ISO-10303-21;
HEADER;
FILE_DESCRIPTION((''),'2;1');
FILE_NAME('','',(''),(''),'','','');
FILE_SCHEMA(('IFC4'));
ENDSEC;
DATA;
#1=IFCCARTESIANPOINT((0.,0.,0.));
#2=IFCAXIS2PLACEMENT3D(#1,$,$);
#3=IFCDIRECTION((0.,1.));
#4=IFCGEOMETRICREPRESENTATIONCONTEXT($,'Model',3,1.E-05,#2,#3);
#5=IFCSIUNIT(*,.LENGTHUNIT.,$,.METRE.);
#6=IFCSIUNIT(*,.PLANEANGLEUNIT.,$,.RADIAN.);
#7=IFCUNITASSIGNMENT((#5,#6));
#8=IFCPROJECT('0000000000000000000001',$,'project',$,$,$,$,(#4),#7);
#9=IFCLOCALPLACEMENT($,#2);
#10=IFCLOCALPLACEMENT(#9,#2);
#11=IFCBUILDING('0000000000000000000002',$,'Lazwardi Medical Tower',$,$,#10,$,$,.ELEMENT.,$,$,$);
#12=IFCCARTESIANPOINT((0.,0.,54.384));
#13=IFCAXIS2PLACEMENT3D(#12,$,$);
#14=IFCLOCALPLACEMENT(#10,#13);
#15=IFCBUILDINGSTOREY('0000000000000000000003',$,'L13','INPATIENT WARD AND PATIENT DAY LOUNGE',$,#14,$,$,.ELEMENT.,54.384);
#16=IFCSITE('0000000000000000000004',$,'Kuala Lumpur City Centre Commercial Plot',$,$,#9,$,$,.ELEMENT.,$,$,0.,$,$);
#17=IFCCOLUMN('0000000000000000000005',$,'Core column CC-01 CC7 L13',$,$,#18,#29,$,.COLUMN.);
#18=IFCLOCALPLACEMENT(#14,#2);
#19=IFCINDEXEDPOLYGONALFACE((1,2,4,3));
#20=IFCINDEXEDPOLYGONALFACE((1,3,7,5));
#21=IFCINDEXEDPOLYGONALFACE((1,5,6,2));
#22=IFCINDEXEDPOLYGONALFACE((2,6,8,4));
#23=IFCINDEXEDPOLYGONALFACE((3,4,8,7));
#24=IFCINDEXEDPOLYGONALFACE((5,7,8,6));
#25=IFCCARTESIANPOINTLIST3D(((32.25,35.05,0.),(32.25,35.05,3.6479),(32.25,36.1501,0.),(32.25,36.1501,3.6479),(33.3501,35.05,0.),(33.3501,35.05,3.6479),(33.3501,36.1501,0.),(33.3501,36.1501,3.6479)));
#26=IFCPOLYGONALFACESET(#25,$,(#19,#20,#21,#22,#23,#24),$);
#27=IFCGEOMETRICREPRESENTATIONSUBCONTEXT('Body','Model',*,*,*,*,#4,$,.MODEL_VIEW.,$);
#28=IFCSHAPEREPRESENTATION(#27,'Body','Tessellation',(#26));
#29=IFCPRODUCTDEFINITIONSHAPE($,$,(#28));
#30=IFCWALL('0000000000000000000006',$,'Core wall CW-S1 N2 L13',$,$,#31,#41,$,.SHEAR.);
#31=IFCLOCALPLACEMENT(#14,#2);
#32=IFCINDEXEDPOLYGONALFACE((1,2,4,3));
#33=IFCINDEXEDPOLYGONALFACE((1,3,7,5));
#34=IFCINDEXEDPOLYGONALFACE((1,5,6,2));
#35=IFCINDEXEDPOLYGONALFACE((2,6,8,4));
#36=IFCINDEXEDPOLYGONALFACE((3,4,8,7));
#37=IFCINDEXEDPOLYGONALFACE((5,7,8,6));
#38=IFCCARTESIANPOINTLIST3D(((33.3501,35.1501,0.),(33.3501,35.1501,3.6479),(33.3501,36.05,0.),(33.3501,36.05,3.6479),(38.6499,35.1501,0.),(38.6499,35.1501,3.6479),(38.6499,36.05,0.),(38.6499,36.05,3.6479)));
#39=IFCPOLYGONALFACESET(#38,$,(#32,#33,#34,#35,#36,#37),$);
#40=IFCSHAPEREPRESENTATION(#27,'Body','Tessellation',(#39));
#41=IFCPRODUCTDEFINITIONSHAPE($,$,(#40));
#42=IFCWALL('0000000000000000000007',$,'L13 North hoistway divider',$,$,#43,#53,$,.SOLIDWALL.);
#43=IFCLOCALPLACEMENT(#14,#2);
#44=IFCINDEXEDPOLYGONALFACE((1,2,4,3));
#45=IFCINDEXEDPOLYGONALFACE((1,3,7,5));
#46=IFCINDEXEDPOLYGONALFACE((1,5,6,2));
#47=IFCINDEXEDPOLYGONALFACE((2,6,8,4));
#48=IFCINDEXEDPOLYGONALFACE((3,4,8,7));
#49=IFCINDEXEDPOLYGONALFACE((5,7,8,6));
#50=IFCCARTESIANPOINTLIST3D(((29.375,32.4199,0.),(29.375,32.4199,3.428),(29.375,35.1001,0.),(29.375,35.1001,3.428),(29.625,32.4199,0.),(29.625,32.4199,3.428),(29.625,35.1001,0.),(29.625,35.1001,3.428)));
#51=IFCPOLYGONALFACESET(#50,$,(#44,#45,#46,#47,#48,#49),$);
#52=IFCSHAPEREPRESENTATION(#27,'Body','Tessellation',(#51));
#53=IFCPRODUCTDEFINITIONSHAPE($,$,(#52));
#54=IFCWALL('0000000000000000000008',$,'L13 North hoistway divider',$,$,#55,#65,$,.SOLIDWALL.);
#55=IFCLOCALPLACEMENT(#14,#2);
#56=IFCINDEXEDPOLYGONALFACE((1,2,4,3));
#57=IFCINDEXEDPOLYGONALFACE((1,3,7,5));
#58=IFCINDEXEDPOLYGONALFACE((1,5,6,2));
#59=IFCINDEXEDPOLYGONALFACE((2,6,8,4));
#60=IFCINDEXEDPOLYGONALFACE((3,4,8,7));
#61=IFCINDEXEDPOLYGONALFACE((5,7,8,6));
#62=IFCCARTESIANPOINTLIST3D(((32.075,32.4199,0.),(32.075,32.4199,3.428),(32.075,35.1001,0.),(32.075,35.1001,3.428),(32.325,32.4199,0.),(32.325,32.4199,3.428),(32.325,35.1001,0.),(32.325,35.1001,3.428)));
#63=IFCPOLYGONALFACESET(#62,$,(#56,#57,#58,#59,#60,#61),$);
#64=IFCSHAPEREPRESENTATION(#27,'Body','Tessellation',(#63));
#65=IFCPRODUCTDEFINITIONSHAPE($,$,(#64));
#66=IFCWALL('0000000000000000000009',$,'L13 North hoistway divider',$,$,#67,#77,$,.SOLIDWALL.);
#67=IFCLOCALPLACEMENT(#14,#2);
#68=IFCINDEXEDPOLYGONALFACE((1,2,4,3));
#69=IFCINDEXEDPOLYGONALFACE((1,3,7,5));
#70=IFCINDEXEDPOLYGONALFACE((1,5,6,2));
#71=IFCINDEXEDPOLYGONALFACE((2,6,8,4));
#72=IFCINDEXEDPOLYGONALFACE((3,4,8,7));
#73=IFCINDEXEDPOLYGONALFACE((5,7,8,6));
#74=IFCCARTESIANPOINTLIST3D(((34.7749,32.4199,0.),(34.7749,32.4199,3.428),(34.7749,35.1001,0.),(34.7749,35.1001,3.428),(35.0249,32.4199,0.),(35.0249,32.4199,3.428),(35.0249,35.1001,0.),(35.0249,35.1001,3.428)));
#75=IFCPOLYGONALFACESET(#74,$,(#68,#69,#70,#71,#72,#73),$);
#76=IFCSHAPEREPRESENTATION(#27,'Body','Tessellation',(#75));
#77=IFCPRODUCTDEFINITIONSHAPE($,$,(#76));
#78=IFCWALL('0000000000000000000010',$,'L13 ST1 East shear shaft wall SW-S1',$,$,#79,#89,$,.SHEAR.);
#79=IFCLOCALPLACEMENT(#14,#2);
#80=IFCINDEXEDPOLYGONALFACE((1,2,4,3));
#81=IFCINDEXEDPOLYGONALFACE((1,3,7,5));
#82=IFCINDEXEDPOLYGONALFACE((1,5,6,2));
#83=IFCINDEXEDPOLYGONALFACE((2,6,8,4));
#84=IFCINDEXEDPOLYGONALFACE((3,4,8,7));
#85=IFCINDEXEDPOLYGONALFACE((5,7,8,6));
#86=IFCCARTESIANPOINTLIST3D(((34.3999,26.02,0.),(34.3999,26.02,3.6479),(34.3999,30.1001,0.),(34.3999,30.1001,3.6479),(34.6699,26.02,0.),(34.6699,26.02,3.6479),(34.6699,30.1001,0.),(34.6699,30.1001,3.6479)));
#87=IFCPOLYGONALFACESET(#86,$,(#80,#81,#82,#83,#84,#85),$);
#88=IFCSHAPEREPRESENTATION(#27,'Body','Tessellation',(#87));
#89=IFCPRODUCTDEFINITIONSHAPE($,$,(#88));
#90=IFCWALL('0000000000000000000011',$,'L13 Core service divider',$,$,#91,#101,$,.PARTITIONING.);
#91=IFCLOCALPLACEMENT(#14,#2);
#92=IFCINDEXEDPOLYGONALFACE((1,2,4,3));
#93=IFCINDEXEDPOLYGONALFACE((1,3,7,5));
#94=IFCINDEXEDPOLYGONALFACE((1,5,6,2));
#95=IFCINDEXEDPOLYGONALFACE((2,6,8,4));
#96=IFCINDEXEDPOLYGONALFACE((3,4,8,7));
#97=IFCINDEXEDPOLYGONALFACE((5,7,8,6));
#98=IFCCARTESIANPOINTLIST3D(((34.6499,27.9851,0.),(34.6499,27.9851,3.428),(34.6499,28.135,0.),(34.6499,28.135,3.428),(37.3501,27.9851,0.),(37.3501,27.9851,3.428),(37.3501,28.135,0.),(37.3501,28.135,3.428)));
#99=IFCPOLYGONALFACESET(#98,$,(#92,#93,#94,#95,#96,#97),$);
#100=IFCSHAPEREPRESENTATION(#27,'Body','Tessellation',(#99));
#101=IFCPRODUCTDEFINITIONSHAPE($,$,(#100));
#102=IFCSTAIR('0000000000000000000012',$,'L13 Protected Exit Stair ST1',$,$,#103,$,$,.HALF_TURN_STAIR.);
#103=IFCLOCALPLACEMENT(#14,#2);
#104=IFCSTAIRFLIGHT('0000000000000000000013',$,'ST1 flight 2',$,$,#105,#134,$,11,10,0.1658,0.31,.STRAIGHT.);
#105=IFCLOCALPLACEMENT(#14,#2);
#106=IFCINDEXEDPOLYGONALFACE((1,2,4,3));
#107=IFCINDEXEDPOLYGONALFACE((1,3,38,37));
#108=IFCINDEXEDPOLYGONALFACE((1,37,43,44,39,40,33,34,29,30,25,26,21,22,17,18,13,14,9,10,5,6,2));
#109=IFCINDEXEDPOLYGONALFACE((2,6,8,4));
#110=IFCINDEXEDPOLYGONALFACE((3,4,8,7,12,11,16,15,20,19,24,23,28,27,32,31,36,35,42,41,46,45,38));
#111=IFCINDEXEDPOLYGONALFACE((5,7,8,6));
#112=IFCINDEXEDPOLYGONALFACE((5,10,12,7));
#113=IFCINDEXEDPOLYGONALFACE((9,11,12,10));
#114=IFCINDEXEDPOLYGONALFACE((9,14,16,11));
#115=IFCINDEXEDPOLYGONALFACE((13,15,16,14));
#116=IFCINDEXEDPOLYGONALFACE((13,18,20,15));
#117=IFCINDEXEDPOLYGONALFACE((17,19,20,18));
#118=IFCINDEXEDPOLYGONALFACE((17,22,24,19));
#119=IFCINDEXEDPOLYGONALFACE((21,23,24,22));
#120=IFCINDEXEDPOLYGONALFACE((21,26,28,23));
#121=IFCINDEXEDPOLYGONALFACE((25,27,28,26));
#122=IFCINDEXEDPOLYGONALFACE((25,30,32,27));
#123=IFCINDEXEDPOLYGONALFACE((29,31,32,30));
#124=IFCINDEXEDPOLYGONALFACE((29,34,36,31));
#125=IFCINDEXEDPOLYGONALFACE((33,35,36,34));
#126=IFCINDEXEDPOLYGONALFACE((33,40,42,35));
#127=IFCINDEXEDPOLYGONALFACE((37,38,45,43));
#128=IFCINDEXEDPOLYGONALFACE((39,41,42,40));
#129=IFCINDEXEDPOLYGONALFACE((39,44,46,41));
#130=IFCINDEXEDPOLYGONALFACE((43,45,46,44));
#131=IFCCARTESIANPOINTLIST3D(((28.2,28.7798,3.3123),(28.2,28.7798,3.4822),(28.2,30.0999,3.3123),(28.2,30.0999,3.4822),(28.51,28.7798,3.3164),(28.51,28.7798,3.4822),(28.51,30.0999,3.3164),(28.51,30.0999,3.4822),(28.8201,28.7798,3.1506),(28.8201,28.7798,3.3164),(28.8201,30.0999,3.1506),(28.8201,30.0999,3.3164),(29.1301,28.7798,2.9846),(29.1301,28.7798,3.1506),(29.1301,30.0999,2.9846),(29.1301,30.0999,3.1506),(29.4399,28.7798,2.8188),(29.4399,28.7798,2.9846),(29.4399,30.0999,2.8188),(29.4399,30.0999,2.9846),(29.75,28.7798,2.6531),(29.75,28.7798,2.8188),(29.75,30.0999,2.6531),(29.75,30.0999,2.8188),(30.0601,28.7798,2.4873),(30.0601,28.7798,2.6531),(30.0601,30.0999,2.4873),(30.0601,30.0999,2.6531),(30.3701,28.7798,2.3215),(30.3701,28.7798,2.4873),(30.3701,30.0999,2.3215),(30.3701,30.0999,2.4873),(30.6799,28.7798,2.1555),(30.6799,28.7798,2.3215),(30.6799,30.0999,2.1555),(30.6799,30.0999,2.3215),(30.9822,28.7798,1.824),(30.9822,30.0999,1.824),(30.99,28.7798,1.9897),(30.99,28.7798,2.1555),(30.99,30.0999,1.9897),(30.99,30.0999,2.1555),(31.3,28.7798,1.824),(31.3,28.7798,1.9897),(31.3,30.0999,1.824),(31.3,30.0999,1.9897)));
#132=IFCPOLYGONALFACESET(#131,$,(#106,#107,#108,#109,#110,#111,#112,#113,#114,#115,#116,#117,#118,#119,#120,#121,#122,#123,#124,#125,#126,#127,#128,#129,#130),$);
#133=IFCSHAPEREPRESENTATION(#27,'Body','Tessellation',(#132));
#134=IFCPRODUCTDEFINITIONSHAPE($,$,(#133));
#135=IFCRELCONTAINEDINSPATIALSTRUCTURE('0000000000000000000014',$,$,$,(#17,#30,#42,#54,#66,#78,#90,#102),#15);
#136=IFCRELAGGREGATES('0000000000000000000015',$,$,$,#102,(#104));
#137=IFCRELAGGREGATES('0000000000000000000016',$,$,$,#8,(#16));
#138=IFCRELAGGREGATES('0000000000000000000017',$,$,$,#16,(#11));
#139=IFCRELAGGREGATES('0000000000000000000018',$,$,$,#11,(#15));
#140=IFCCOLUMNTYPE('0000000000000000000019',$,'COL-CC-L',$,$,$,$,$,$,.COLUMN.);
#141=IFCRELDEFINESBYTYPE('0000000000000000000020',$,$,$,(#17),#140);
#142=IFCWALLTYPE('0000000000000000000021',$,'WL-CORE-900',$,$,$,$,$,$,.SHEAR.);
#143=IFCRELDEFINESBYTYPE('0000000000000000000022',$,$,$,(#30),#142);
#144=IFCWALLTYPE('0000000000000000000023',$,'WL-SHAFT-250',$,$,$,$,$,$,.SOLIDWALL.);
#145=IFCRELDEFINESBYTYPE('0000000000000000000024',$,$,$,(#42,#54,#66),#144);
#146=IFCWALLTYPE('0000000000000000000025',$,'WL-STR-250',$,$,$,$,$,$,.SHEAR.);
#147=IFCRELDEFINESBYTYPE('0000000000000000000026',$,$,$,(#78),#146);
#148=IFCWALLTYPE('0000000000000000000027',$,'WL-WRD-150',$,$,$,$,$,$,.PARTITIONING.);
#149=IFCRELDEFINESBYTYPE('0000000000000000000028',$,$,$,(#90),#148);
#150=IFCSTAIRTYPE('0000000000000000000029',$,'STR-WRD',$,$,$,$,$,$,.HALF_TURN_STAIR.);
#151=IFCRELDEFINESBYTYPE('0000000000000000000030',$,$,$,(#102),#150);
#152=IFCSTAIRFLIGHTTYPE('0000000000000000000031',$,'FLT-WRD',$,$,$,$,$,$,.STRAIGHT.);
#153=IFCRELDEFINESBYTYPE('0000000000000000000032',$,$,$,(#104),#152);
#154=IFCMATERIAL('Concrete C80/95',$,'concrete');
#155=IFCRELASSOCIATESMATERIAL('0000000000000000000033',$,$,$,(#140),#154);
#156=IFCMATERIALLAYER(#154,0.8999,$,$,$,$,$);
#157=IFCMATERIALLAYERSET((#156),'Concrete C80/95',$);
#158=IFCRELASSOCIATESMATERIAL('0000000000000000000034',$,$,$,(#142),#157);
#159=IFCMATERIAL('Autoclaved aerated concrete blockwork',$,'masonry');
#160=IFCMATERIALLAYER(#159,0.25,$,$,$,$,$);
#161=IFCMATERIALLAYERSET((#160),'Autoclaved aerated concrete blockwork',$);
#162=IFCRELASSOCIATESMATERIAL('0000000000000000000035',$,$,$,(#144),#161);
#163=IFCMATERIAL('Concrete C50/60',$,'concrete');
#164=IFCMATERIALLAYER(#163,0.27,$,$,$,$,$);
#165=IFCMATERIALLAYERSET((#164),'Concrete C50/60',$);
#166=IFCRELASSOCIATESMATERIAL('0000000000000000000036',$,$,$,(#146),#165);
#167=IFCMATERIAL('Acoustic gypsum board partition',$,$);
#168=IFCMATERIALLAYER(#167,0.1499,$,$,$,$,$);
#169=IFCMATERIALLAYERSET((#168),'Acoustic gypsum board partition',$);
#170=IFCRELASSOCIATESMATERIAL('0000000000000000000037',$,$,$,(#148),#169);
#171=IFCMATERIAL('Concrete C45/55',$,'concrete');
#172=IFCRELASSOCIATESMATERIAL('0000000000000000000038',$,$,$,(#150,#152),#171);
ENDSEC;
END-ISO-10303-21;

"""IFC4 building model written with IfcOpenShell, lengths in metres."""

from ifc_helpers import new_model, si_unit, direction, frame, frame_2d, origin, origin_2d, place, context, subcontext, project, spatial, polyline, rectangle, outline, extrude, material, layer, layer_set, material_profile, profile_set, type_object, element, aggregate, save


model = new_model("IFC4")

# Units and contexts
model_context = context("Model", 3, precision=1e-05, world=origin(), true_north=direction((0.0, 1.0)))
body_context = subcontext(model_context, "Body", "Model", "MODEL_VIEW")
ifc_project = project(units=[si_unit("LENGTHUNIT", "METRE"), si_unit("PLANEANGLEUNIT", "RADIAN")], contexts=[model_context])

# Site, building, storey
site_placement = place(None, origin())
site = spatial("IfcSite", under=ifc_project, at=site_placement, Name="Kuala Lumpur City Centre Commercial Plot", CompositionType="ELEMENT", RefElevation=0.0)
building_placement = place(site_placement, origin())
building = spatial("IfcBuilding", under=site, at=building_placement, Name="Lazwardi Medical Tower", CompositionType="ELEMENT")
storey_placement = place(building_placement, frame((0.0, 0.0, 54.384)))
storey = spatial("IfcBuildingStorey", under=building, at=storey_placement, Name="L13", Description="INPATIENT WARD AND PATIENT DAY LOUNGE", CompositionType="ELEMENT", Elevation=54.384)

# Column
ifc_material_1 = material(Name="Concrete C80/95", Category="concrete")
ifc_material_profile = material_profile(ifc_material_1, rectangle(XDim=1.1001, YDim=1.1001, at=origin_2d()), Name="RC 1100x1100")
ifc_profile_set = profile_set([ifc_material_profile], Name="Concrete C80/95")
column_type = type_object("IfcColumnType", Name="COL-CC-L", PredefinedType="COLUMN", material=ifc_profile_set)
column_placement = place(storey_placement, frame((32.8, 35.6001, 0.0), z_axis=(0.0, 0.0, 1.0), x_axis=(1.0, 0.0, 0.0)))
element("IfcColumn", 1, at=column_placement, inside=storey, type_object=column_type, Name="Core column CC-01 CC7 L13", PredefinedType="COLUMN", context=body_context, shape_type="SweptSolid", body=[
    extrude(rectangle(XDim=1.1001, YDim=1.1001, at=origin_2d()), origin(), (0.0, 0.0, 1.0), 3.6479),
])

# Walls
ifc_layer_1 = layer(ifc_material_1, 0.8999)
ifc_layer_set_1 = layer_set([ifc_layer_1], Name="Concrete C80/95")
wall_type_1 = type_object("IfcWallType", Name="WL-CORE-900", PredefinedType="SHEAR", material=ifc_layer_set_1)
wall_1_placement = place(storey_placement, frame((33.3501, 35.6001, 0.0), z_axis=(0.0, 0.0, 1.0), x_axis=(1.0, 0.0, 0.0)))
element("IfcWall", 2, at=wall_1_placement, inside=storey, type_object=wall_type_1, Name="Core wall CW-S1 N2 L13", PredefinedType="SHEAR", context=body_context, shape_type="SweptSolid", body=[
    extrude(rectangle(XDim=5.2998, YDim=0.8999, at=frame_2d((2.6499, 0.0))), origin(), (0.0, 0.0, 1.0), 3.6479),
])
ifc_material_2 = material(Name="Autoclaved aerated concrete blockwork", Category="masonry")
ifc_layer_2 = layer(ifc_material_2, 0.25)
ifc_layer_set_2 = layer_set([ifc_layer_2], Name="Autoclaved aerated concrete blockwork")
wall_type_2 = type_object("IfcWallType", Name="WL-SHAFT-250", PredefinedType="SOLIDWALL", material=ifc_layer_set_2)
for number, where, z_axis, x_axis, name in (
    (3, (29.5, 32.4199, 0.0), (0.0, 0.0, 1.0), (0.0, 1.0, 0.0), "L13 North hoistway divider"),
    (4, (32.2, 32.4199, 0.0), (0.0, 0.0, 1.0), (0.0, 1.0, 0.0), "L13 North hoistway divider"),
    (5, (34.8999, 32.4199, 0.0), (0.0, 0.0, 1.0), (0.0, 1.0, 0.0), "L13 North hoistway divider"),
):
    element("IfcWall", number, at=place(storey_placement, frame(where, z_axis=z_axis, x_axis=x_axis)), inside=storey, type_object=wall_type_2, Name=name, PredefinedType="SOLIDWALL", context=body_context, shape_type="SweptSolid", body=[
        extrude(rectangle(XDim=2.6802, YDim=0.25, at=frame_2d((1.3401, 0.0))), origin(), (0.0, 0.0, 1.0), 3.428),
    ])

# Shared definitions
ifc_material_3 = material(Name="Concrete C50/60", Category="concrete")
ifc_layer_3 = layer(ifc_material_3, 0.27)
ifc_layer_set_3 = layer_set([ifc_layer_3], Name="Concrete C50/60")
wall_type_3 = type_object("IfcWallType", Name="WL-STR-250", PredefinedType="SHEAR", material=ifc_layer_set_3)

# Walls
wall_2_placement = place(storey_placement, frame((34.5349, 26.02, 0.0), z_axis=(0.0, 0.0, 1.0), x_axis=(0.0, 1.0, 0.0)))
element("IfcWall", 6, at=wall_2_placement, inside=storey, type_object=wall_type_3, Name="L13 ST1 East shear shaft wall SW-S1", PredefinedType="SHEAR", context=body_context, shape_type="SweptSolid", body=[
    extrude(rectangle(XDim=4.0801, YDim=0.27, at=frame_2d((2.04, 0.0))), origin(), (0.0, 0.0, 1.0), 3.6479),
])
ifc_material_4 = material(Name="Acoustic gypsum board partition")
ifc_layer_4 = layer(ifc_material_4, 0.1499)
ifc_layer_set_4 = layer_set([ifc_layer_4], Name="Acoustic gypsum board partition")
wall_type_4 = type_object("IfcWallType", Name="WL-WRD-150", PredefinedType="PARTITIONING", material=ifc_layer_set_4)
wall_3_placement = place(storey_placement, frame((34.6499, 28.0601, 0.0), z_axis=(0.0, 0.0, 1.0), x_axis=(1.0, 0.0, 0.0)))
element("IfcWall", 7, at=wall_3_placement, inside=storey, type_object=wall_type_4, Name="L13 Core service divider", PredefinedType="PARTITIONING", context=body_context, shape_type="SweptSolid", body=[
    extrude(rectangle(XDim=2.7002, YDim=0.1499, at=frame_2d((1.3501, 0.0))), origin(), (0.0, 0.0, 1.0), 3.428),
])

# Stair, stair flight
ifc_material_5 = material(Name="Concrete C45/55", Category="concrete")
stair_type = type_object("IfcStairType", Name="STR-WRD", PredefinedType="HALF_TURN_STAIR", material=ifc_material_5)
stair_placement = place(storey_placement, origin())
stair = element("IfcStair", 8, at=stair_placement, inside=storey, type_object=stair_type, Name="L13 Protected Exit Stair ST1", PredefinedType="HALF_TURN_STAIR")
stair_flight_type = type_object("IfcStairFlightType", Name="FLT-WRD", PredefinedType="STRAIGHT", material=ifc_material_5)
stair_flight_placement = place(storey_placement, frame((31.3, 29.4399, 1.824), z_axis=(0.0, 0.0, 1.0), x_axis=(-1.0, 0.0, 0.0)))
stair_flight = element("IfcStairFlight", 9, at=stair_flight_placement, type_object=stair_flight_type, Name="ST1 flight 2", NumberOfRisers=11, NumberOfTreads=10, PredefinedType="STRAIGHT", RiserHeight=0.1658, TreadLength=0.31, context=body_context, shape_type="SweptSolid", body=[
    extrude(outline(polyline([(0.0, 0.0), (0.0, 0.1658), (0.3101, 0.1658), (0.3101, 0.3315), (0.6201, 0.3315), (0.6201, 0.4976), (0.9299, 0.4976), (0.9299, 0.6633), (1.24, 0.6633), (1.24, 0.8291), (1.55, 0.8291), (1.55, 0.9949), (1.8601, 0.9949), (1.8601, 1.1606), (2.1699, 1.1606), (2.1699, 1.3267), (2.48, 1.3267), (2.48, 1.4924), (2.79, 1.4924), (2.79, 1.6582), (3.1001, 1.6582), (3.1001, 1.824), (3.1001, 1.4883), (0.3179, 0.0), (0.0, 0.0)])), frame((0.0, 0.6602, 0.0), z_axis=(0.0, -1.0, 0.0), x_axis=(1.0, 0.0, 0.0)), (0.0, 0.0, 1.0), 1.3201),
])
aggregate(stair, [stair_flight])

save(model, "model.ifc")
